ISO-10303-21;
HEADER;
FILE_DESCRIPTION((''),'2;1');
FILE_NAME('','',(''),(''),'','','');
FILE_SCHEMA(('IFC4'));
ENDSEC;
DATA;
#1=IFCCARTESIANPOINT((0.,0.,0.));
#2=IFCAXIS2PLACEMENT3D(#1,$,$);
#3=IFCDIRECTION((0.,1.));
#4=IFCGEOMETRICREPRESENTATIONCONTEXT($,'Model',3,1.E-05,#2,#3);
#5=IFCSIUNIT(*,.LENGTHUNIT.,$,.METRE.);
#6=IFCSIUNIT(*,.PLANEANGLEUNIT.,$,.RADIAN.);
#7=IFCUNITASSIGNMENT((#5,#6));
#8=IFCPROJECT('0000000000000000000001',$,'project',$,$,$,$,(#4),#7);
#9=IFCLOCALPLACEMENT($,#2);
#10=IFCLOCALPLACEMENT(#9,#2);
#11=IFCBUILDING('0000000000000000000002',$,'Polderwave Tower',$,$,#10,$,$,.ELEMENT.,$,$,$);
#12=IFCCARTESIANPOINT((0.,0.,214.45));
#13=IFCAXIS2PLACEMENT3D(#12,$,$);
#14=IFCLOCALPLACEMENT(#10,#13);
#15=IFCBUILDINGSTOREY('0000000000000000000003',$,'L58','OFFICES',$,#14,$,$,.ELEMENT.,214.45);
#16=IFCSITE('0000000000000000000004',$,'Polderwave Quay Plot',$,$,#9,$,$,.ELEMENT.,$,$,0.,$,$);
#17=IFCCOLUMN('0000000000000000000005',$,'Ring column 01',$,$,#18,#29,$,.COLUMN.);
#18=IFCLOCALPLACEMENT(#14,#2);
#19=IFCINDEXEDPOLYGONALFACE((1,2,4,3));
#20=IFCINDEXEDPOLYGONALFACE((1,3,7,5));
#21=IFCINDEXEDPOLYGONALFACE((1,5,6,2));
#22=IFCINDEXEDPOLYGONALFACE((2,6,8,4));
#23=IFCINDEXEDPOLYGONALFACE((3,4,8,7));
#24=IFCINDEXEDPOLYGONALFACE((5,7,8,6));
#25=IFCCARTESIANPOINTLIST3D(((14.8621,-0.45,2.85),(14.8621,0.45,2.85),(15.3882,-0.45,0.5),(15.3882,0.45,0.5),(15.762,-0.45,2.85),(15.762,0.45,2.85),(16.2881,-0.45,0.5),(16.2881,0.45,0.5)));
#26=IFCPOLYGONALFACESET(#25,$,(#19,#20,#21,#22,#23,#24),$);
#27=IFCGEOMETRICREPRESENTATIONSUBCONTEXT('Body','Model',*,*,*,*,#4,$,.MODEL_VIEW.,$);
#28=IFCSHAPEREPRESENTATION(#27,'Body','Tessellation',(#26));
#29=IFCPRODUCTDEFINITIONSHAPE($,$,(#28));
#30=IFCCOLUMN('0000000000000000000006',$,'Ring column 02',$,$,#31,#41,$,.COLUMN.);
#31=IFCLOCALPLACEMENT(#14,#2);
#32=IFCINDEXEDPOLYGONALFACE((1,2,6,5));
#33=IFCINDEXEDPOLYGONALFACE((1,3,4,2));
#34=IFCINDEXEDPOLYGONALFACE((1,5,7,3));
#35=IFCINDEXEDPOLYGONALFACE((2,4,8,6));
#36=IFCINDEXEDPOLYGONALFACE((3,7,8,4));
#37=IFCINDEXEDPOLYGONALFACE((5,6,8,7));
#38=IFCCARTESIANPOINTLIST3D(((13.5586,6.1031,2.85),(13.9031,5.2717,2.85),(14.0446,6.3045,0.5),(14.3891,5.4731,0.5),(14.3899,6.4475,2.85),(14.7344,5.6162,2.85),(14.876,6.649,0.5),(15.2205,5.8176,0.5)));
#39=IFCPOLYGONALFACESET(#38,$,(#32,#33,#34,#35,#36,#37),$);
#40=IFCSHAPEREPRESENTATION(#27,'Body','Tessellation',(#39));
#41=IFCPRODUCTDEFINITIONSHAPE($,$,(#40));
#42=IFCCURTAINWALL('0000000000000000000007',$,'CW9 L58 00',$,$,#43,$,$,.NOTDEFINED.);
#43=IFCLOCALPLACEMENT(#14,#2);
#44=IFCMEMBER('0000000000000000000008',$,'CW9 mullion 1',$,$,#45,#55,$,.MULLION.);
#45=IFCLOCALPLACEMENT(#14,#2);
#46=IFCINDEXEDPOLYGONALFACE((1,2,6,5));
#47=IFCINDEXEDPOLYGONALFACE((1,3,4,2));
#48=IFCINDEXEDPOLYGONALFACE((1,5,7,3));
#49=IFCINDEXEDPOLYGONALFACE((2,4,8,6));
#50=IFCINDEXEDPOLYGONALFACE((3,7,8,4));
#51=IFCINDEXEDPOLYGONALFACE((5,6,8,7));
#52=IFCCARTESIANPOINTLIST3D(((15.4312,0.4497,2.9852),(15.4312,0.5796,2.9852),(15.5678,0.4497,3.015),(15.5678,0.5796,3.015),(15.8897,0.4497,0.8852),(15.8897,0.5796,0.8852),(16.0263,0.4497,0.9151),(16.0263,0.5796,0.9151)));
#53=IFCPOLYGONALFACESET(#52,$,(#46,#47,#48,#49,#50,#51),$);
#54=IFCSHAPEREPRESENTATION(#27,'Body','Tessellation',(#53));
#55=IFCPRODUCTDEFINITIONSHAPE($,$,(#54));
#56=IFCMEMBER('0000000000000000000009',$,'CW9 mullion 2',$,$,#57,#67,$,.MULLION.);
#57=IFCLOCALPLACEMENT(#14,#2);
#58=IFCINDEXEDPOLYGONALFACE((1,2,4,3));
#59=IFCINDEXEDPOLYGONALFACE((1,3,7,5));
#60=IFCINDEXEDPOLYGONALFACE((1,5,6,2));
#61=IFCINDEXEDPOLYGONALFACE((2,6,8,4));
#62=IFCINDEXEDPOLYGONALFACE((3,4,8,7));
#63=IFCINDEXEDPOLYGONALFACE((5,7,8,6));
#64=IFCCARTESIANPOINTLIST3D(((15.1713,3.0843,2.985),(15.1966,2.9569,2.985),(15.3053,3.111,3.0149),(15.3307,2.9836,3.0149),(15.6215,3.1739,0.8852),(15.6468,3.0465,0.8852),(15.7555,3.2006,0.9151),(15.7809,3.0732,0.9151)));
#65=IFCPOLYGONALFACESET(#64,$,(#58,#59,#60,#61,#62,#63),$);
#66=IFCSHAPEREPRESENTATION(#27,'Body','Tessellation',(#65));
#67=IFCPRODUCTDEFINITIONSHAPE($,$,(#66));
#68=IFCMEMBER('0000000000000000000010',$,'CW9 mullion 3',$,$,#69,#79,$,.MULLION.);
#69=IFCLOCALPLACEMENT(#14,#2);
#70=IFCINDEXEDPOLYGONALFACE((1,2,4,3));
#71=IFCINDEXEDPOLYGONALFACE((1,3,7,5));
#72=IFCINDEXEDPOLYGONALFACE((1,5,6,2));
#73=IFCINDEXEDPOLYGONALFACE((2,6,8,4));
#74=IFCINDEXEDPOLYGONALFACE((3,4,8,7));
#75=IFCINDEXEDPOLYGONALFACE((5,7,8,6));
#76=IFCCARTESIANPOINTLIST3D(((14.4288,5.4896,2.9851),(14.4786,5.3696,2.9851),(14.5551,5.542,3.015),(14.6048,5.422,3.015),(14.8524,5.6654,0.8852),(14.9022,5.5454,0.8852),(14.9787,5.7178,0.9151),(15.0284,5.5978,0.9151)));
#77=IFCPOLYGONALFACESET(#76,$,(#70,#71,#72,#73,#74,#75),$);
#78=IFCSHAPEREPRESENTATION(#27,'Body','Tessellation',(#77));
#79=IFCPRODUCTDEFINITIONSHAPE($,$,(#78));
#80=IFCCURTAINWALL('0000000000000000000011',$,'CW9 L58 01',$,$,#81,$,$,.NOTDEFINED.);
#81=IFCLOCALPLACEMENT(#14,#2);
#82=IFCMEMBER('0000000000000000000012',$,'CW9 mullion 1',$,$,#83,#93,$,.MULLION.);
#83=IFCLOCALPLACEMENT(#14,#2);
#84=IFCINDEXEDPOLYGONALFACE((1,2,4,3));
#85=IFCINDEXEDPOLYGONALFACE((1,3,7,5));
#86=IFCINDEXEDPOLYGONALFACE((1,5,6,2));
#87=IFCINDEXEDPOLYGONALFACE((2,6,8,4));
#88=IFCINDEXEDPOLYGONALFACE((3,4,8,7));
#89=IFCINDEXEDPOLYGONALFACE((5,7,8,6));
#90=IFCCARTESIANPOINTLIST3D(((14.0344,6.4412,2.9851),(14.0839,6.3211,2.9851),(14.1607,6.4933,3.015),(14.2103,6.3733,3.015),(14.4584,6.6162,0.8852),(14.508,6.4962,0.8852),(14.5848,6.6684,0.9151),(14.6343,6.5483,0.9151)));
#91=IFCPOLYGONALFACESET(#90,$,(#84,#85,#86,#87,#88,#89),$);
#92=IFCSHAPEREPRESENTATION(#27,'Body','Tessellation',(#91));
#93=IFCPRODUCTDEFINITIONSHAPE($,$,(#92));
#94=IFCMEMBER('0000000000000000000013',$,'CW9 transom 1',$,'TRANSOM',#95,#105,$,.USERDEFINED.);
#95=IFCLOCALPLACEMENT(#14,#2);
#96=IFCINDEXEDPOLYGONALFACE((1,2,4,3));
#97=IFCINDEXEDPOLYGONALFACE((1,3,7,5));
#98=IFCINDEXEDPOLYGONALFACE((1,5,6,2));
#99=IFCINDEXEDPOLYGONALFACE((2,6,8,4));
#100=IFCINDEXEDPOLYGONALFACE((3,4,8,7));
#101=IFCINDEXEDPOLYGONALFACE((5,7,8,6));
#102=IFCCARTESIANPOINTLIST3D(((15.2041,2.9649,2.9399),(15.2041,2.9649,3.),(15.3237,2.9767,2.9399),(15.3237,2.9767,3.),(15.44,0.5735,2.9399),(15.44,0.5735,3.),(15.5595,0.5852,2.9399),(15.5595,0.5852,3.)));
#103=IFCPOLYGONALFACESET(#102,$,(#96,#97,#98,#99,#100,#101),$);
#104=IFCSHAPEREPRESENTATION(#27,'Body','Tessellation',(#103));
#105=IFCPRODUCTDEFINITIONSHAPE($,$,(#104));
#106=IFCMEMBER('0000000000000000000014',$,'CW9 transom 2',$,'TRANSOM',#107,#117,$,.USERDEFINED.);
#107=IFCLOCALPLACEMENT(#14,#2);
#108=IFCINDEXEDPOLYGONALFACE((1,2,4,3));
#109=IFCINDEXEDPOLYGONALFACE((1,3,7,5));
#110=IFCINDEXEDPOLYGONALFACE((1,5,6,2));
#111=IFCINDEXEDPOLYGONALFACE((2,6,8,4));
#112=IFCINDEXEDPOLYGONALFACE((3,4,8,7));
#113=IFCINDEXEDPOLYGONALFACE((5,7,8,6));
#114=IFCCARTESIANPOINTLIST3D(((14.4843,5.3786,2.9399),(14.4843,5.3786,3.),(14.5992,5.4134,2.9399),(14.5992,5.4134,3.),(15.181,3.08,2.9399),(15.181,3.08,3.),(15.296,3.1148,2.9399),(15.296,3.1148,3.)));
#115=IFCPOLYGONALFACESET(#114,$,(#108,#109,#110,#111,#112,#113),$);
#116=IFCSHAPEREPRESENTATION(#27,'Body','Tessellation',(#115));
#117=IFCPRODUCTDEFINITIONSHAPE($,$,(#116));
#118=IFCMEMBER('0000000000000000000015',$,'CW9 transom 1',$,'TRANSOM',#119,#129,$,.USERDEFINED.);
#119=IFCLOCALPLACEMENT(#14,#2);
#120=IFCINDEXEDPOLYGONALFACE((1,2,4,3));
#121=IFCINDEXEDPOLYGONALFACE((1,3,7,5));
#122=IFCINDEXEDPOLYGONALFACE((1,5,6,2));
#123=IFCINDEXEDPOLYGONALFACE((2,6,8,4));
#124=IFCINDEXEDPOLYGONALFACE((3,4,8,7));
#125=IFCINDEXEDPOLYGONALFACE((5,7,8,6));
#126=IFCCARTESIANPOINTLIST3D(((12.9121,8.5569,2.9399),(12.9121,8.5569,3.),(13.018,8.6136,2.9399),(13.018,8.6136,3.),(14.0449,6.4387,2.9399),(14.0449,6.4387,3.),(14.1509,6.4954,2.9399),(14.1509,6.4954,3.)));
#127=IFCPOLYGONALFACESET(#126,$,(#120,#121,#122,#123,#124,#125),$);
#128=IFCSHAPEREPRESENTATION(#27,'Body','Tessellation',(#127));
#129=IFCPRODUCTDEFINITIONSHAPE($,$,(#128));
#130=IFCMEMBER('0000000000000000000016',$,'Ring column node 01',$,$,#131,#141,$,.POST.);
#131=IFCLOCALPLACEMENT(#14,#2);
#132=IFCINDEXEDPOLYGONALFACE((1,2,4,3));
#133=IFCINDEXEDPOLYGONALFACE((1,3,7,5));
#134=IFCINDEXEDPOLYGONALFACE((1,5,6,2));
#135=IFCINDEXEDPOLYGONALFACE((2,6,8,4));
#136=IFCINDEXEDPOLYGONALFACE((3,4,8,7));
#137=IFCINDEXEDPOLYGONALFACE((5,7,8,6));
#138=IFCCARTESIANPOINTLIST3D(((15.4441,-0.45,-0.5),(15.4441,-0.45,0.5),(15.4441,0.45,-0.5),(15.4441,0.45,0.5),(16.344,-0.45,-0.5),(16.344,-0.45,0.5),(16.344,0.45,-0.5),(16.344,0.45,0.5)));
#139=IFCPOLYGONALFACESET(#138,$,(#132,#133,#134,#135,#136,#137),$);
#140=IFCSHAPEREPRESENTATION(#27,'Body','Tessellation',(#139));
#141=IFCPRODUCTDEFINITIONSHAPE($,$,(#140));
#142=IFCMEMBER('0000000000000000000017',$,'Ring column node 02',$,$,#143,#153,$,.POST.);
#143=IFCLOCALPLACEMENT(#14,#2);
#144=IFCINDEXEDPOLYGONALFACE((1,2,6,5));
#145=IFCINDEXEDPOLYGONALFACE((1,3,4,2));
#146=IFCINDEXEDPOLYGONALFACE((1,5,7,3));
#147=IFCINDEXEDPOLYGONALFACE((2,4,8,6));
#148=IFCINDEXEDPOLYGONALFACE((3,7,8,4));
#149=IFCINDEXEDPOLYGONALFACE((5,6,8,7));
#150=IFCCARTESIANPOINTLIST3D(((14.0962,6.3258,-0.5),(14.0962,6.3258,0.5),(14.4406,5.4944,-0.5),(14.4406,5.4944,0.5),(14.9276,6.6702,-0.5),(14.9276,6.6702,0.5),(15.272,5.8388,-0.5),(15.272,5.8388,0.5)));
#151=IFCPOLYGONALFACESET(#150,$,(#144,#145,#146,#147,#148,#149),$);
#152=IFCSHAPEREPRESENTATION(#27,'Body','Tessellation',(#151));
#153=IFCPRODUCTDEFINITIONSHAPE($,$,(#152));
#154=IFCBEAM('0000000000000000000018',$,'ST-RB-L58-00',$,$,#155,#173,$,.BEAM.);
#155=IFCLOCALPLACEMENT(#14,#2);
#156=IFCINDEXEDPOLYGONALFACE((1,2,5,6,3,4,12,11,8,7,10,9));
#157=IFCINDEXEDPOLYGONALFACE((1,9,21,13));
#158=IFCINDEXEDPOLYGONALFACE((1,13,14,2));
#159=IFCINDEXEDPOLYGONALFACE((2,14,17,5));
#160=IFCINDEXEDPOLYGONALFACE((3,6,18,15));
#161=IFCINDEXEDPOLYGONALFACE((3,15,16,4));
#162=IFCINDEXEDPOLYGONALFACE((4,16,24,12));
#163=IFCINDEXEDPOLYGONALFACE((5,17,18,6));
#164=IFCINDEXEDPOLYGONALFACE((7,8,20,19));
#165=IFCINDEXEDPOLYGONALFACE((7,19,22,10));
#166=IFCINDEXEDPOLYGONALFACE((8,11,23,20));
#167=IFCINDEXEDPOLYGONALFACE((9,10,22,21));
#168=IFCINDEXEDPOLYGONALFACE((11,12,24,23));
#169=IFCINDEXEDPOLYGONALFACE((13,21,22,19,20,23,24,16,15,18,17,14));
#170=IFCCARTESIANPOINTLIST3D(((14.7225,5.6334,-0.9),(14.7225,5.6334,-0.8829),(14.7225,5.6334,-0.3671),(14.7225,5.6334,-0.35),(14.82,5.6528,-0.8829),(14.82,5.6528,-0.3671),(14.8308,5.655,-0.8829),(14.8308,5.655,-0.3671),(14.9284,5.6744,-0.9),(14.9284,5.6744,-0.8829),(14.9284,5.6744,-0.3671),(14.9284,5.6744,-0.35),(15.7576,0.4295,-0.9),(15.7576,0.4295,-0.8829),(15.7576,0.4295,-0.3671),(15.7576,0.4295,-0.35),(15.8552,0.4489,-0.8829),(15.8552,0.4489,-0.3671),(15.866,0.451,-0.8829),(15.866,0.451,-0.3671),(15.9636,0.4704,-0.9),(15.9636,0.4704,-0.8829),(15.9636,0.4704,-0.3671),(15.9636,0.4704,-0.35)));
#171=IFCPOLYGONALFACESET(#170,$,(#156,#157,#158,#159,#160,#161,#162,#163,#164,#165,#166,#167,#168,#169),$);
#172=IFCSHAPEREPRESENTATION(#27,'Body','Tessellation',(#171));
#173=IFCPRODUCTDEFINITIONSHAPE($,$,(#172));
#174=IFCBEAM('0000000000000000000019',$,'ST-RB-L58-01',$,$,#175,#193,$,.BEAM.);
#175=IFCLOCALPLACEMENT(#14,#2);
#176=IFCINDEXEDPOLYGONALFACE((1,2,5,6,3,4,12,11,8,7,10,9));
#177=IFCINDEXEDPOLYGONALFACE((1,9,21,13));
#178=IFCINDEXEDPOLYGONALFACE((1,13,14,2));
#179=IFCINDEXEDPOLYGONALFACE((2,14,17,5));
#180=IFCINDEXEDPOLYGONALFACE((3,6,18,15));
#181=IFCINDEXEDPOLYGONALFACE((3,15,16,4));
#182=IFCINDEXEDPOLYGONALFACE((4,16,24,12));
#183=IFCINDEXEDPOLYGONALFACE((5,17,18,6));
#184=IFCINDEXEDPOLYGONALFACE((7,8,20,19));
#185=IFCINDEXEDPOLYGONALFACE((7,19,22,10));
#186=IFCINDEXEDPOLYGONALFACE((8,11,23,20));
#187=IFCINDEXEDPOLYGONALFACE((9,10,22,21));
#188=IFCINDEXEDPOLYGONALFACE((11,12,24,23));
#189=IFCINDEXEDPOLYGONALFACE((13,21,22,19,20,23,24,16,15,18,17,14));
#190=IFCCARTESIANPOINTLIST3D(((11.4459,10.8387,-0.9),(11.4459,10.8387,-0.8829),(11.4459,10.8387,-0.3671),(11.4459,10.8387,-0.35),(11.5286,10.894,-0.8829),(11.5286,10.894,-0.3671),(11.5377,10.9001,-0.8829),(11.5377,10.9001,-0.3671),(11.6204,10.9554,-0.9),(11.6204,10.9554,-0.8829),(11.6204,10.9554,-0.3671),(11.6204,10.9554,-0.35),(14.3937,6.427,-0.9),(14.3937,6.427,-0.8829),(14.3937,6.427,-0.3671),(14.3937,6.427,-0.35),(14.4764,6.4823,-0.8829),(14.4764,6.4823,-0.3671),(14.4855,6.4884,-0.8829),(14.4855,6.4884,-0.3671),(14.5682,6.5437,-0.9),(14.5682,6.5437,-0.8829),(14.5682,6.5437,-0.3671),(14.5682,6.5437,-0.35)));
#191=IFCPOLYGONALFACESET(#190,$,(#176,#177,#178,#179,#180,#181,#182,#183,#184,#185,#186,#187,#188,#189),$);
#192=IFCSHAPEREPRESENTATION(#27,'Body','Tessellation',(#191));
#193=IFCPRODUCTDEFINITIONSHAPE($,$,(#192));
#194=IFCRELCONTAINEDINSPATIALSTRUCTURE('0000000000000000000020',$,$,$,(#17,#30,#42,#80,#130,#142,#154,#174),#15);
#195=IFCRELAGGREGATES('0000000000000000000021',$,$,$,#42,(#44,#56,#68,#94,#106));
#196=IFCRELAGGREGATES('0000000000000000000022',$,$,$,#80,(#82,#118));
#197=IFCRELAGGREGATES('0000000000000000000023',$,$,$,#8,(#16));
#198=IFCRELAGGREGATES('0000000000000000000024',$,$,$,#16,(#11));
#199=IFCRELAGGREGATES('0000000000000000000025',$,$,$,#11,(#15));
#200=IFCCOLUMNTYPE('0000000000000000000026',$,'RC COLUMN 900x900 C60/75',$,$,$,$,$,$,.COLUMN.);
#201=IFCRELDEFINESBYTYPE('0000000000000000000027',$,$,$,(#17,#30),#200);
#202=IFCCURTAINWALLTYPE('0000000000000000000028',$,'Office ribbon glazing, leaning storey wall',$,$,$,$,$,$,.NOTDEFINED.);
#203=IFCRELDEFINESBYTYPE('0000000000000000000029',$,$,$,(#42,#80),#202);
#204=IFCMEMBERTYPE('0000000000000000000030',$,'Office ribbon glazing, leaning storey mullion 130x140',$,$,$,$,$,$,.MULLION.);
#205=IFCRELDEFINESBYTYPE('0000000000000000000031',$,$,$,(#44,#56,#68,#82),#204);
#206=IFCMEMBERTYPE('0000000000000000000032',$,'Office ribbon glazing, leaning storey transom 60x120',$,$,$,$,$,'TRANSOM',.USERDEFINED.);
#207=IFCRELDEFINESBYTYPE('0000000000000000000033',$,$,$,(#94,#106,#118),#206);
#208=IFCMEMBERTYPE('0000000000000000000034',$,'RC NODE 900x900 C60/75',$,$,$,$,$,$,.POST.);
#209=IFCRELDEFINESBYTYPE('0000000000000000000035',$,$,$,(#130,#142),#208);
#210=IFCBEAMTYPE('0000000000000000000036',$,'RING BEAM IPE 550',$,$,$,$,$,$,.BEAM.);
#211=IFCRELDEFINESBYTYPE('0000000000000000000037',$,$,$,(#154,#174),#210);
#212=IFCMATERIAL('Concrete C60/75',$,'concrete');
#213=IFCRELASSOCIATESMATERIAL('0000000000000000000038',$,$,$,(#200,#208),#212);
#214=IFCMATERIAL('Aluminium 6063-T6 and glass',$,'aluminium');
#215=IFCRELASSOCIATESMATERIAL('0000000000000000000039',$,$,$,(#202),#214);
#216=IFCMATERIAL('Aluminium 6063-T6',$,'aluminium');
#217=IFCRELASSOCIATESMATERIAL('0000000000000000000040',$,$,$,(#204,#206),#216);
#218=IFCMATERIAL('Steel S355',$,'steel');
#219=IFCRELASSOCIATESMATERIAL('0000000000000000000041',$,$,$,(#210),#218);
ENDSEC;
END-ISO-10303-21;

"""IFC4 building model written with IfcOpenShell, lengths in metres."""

from ifc_helpers import new_model, si_unit, direction, frame, origin, origin_2d, place, context, subcontext, project, spatial, rectangle, i_section, extrude, material, material_profile, profile_set, type_object, element, aggregate, save


model = new_model("IFC4")

# Units and contexts
model_context = context("Model", 3, precision=1e-05, world=origin(), true_north=direction((0.0, 1.0)))
body_context = subcontext(model_context, "Body", "Model", "MODEL_VIEW")
ifc_project = project(units=[si_unit("LENGTHUNIT", "METRE"), si_unit("PLANEANGLEUNIT", "RADIAN")], contexts=[model_context])

# Site, building, storey
site_placement = place(None, origin())
site = spatial("IfcSite", under=ifc_project, at=site_placement, Name="Polderwave Quay Plot", CompositionType="ELEMENT", RefElevation=0.0)
building_placement = place(site_placement, origin())
building = spatial("IfcBuilding", under=site, at=building_placement, Name="Polderwave Tower", CompositionType="ELEMENT")
storey_placement = place(building_placement, frame((0.0, 0.0, 214.45)))
storey = spatial("IfcBuildingStorey", under=building, at=storey_placement, Name="L58", Description="OFFICES", CompositionType="ELEMENT", Elevation=214.45)

# Columns
ifc_material_1 = material(Name="Concrete C60/75", Category="concrete")
ifc_material_profile_1 = material_profile(ifc_material_1, rectangle(XDim=0.8999, YDim=0.8999, at=origin_2d()), Name="RC 900x900")
ifc_profile_set_1 = profile_set([ifc_material_profile_1], Name="Concrete C60/75")
column_type = type_object("IfcColumnType", Name="RC COLUMN 900x900 C60/75", PredefinedType="COLUMN", material=ifc_profile_set_1)
column_1_placement = place(storey_placement, frame((15.8381, 0.0, 0.5), z_axis=(0.0, 0.0, 1.0), x_axis=(0.0, -1.0, 0.0)))
element("IfcColumn", 1, at=column_1_placement, inside=storey, type_object=column_type, Name="Ring column 01", PredefinedType="COLUMN", context=body_context, shape_type="SweptSolid", body=[
    extrude(rectangle(XDim=0.8999, YDim=0.8999, at=origin_2d()), origin(), (0.0, -0.218465, 0.975845), 2.4082),
])
column_2_placement = place(storey_placement, frame((14.6326, 6.061, 0.5), z_axis=(0.0, 0.0, 1.0), x_axis=(0.382803, -0.92383, 0.0)))
element("IfcColumn", 2, at=column_2_placement, inside=storey, type_object=column_type, Name="Ring column 02", PredefinedType="COLUMN", context=body_context, shape_type="SweptSolid", body=[
    extrude(rectangle(XDim=0.8999, YDim=0.8999, at=origin_2d()), origin(), (0.0, -0.21848, 0.975841), 2.4082),
])

# Curtain wall, members
ifc_material_2 = material(Name="Aluminium 6063-T6 and glass", Category="aluminium")
curtain_wall_type = type_object("IfcCurtainWallType", Name="Office ribbon glazing, leaning storey wall", PredefinedType="NOTDEFINED", material=ifc_material_2)
curtain_wall_1_placement = place(storey_placement, origin())
curtain_wall_1 = element("IfcCurtainWall", 3, at=curtain_wall_1_placement, inside=storey, type_object=curtain_wall_type, Name="CW9 L58 00", PredefinedType="NOTDEFINED")
ifc_material_3 = material(Name="Aluminium 6063-T6", Category="aluminium")
ifc_material_profile_2 = material_profile(ifc_material_3, rectangle(XDim=0.1299, YDim=0.1399, at=origin_2d()), Name="AL 130x140")
ifc_profile_set_2 = profile_set([ifc_material_profile_2], Name="Aluminium 6063-T6")
member_type_1 = type_object("IfcMemberType", Name="Office ribbon glazing, leaning storey mullion 130x140", PredefinedType="MULLION", material=ifc_profile_set_2)
member_1_placement = place(storey_placement, frame((15.958, 0.5146, 0.9001), z_axis=(-0.213321, 0.0, 0.976982), x_axis=(0.0, -1.0, 0.0)))
member_1 = element("IfcMember", 4, at=member_1_placement, type_object=member_type_1, Name="CW9 mullion 1", PredefinedType="MULLION", context=body_context, shape_type="SweptSolid", body=[
    extrude(rectangle(XDim=0.1299, YDim=0.1399, at=origin_2d()), origin(), (0.0, 0.0, 1.0), 2.1494),
])
member_2_placement = place(storey_placement, frame((15.7012, 3.1235, 0.9001), z_axis=(-0.209448, -0.041685, 0.976931), x_axis=(0.195196, -0.980764, 0.0)))
member_2 = element("IfcMember", 5, at=member_2_placement, type_object=member_type_1, Name="CW9 mullion 2", PredefinedType="MULLION", context=body_context, shape_type="SweptSolid", body=[
    extrude(rectangle(XDim=0.1299, YDim=0.1399, at=origin_2d()), origin(), (0.0, 0.0, 1.0), 2.1494),
])
member_3_placement = place(storey_placement, frame((14.9404, 5.6316, 0.9001), z_axis=(-0.197075, -0.081783, 0.976971), x_axis=(0.383292, -0.923627, 0.0)))
member_3 = element("IfcMember", 6, at=member_3_placement, type_object=member_type_1, Name="CW9 mullion 3", PredefinedType="MULLION", context=body_context, shape_type="SweptSolid", body=[
    extrude(rectangle(XDim=0.1299, YDim=0.1399, at=origin_2d()), origin(), (0.0, 0.0, 1.0), 2.1494),
])

# Curtain wall, member
curtain_wall_2_placement = place(storey_placement, origin())
curtain_wall_2 = element("IfcCurtainWall", 7, at=curtain_wall_2_placement, inside=storey, type_object=curtain_wall_type, Name="CW9 L58 01", PredefinedType="NOTDEFINED")
member_4_placement = place(storey_placement, frame((14.5464, 6.5823, 0.9001), z_axis=(-0.197299, -0.081441, 0.976955), x_axis=(0.381553, -0.924347, 0.0)))
member_4 = element("IfcMember", 8, at=member_4_placement, type_object=member_type_1, Name="CW9 mullion 1", PredefinedType="MULLION", context=body_context, shape_type="SweptSolid", body=[
    extrude(rectangle(XDim=0.1299, YDim=0.1399, at=origin_2d()), origin(), (0.0, 0.0, 1.0), 2.1494),
])

# Members
ifc_material_profile_3 = material_profile(ifc_material_3, rectangle(XDim=0.1201, YDim=0.0601, at=origin_2d()), Name="AL 60x120")
ifc_profile_set_3 = profile_set([ifc_material_profile_3], Name="Aluminium 6063-T6")
member_type_2 = type_object("IfcMemberType", Name="Office ribbon glazing, leaning storey transom 60x120", ElementType="TRANSOM", PredefinedType="USERDEFINED", material=ifc_profile_set_3)
member_5_placement = place(storey_placement, frame((15.4998, 0.5793, 2.97), z_axis=(-0.098146, 0.995172, 0.0), x_axis=(-0.995172, -0.098146, 0.0)))
member_5 = element("IfcMember", 9, at=member_5_placement, type_object=member_type_2, Name="CW9 transom 1", ObjectType="TRANSOM", PredefinedType="USERDEFINED", context=body_context, shape_type="SweptSolid", body=[
    extrude(rectangle(XDim=0.1201, YDim=0.0601, at=origin_2d()), origin(), (0.0, 0.0, 1.0), 2.4031),
])
member_6_placement = place(storey_placement, frame((15.2385, 3.0974, 2.97), z_axis=(-0.290098, 0.956997, 0.0), x_axis=(-0.956997, -0.290098, 0.0)))
member_6 = element("IfcMember", 10, at=member_6_placement, type_object=member_type_2, Name="CW9 transom 2", ObjectType="TRANSOM", PredefinedType="USERDEFINED", context=body_context, shape_type="SweptSolid", body=[
    extrude(rectangle(XDim=0.1201, YDim=0.0601, at=origin_2d()), origin(), (0.0, 0.0, 1.0), 2.4019),
])
member_7_placement = place(storey_placement, frame((14.0979, 6.467, 2.97), z_axis=(-0.471601, 0.881812, 0.0), x_axis=(-0.881812, -0.471601, 0.0)))
member_7 = element("IfcMember", 11, at=member_7_placement, type_object=member_type_2, Name="CW9 transom 1", ObjectType="TRANSOM", PredefinedType="USERDEFINED", context=body_context, shape_type="SweptSolid", body=[
    extrude(rectangle(XDim=0.1201, YDim=0.0601, at=origin_2d()), origin(), (0.0, 0.0, 1.0), 2.4021),
])

# Members
ifc_material_profile_4 = material_profile(ifc_material_1, rectangle(XDim=0.8999, YDim=0.8999, at=origin_2d()), Name="RC 900x900")
ifc_profile_set_4 = profile_set([ifc_material_profile_4], Name="Concrete C60/75")
member_type_3 = type_object("IfcMemberType", Name="RC NODE 900x900 C60/75", PredefinedType="POST", material=ifc_profile_set_4)
for number, where, z_axis, x_axis, name in (
    (12, (15.894, 0.0, -0.5), (0.0, 0.0, 1.0), (1.0, 0.0, 0.0), "Ring column node 01"),
    (13, (14.6841, 6.0823, -0.5), (0.0, 0.0, 1.0), (0.92388, 0.382683, 0.0), "Ring column node 02"),
):
    element("IfcMember", number, at=place(storey_placement, frame(where, z_axis=z_axis, x_axis=x_axis)), inside=storey, type_object=member_type_3, Name=name, PredefinedType="POST", context=body_context, shape_type="SweptSolid", body=[
        extrude(rectangle(XDim=0.8999, YDim=0.8999, at=origin_2d()), origin(), (0.0, 0.0, 1.0), 1.0),
    ])

# Beams
ifc_material_4 = material(Name="Steel S355", Category="steel")
ifc_material_profile_5 = material_profile(ifc_material_4, i_section(OverallWidth=0.21, OverallDepth=0.55, WebThickness=0.011, FlangeThickness=0.0171, at=origin_2d()), Name="IPE 550")
ifc_profile_set_5 = profile_set([ifc_material_profile_5], Name="Steel S355")
beam_type = type_object("IfcBeamType", Name="RING BEAM IPE 550", PredefinedType="BEAM", material=ifc_profile_set_5)
for number, where, z_axis, x_axis, name in (
    (14, (15.8606, 0.45, -0.625), (-0.195098, 0.980784, 0.0), (-0.980784, -0.195098, 0.0), "ST-RB-L58-00"),
    (15, (14.481, 6.4854, -0.625), (-0.555571, 0.831469, 0.0), (-0.831469, -0.555571, 0.0), "ST-RB-L58-01"),
):
    element("IfcBeam", number, at=place(storey_placement, frame(where, z_axis=z_axis, x_axis=x_axis)), inside=storey, type_object=beam_type, Name=name, PredefinedType="BEAM", context=body_context, shape_type="SweptSolid", body=[
        extrude(i_section(OverallWidth=0.21, OverallDepth=0.55, WebThickness=0.011, FlangeThickness=0.0171, at=origin_2d()), origin(), (0.0, 0.0, 1.0), 5.3059),
    ])

aggregate(curtain_wall_1, [member_1, member_2, member_3, member_5, member_6])
aggregate(curtain_wall_2, [member_4, member_7])

save(model, "model.ifc")
